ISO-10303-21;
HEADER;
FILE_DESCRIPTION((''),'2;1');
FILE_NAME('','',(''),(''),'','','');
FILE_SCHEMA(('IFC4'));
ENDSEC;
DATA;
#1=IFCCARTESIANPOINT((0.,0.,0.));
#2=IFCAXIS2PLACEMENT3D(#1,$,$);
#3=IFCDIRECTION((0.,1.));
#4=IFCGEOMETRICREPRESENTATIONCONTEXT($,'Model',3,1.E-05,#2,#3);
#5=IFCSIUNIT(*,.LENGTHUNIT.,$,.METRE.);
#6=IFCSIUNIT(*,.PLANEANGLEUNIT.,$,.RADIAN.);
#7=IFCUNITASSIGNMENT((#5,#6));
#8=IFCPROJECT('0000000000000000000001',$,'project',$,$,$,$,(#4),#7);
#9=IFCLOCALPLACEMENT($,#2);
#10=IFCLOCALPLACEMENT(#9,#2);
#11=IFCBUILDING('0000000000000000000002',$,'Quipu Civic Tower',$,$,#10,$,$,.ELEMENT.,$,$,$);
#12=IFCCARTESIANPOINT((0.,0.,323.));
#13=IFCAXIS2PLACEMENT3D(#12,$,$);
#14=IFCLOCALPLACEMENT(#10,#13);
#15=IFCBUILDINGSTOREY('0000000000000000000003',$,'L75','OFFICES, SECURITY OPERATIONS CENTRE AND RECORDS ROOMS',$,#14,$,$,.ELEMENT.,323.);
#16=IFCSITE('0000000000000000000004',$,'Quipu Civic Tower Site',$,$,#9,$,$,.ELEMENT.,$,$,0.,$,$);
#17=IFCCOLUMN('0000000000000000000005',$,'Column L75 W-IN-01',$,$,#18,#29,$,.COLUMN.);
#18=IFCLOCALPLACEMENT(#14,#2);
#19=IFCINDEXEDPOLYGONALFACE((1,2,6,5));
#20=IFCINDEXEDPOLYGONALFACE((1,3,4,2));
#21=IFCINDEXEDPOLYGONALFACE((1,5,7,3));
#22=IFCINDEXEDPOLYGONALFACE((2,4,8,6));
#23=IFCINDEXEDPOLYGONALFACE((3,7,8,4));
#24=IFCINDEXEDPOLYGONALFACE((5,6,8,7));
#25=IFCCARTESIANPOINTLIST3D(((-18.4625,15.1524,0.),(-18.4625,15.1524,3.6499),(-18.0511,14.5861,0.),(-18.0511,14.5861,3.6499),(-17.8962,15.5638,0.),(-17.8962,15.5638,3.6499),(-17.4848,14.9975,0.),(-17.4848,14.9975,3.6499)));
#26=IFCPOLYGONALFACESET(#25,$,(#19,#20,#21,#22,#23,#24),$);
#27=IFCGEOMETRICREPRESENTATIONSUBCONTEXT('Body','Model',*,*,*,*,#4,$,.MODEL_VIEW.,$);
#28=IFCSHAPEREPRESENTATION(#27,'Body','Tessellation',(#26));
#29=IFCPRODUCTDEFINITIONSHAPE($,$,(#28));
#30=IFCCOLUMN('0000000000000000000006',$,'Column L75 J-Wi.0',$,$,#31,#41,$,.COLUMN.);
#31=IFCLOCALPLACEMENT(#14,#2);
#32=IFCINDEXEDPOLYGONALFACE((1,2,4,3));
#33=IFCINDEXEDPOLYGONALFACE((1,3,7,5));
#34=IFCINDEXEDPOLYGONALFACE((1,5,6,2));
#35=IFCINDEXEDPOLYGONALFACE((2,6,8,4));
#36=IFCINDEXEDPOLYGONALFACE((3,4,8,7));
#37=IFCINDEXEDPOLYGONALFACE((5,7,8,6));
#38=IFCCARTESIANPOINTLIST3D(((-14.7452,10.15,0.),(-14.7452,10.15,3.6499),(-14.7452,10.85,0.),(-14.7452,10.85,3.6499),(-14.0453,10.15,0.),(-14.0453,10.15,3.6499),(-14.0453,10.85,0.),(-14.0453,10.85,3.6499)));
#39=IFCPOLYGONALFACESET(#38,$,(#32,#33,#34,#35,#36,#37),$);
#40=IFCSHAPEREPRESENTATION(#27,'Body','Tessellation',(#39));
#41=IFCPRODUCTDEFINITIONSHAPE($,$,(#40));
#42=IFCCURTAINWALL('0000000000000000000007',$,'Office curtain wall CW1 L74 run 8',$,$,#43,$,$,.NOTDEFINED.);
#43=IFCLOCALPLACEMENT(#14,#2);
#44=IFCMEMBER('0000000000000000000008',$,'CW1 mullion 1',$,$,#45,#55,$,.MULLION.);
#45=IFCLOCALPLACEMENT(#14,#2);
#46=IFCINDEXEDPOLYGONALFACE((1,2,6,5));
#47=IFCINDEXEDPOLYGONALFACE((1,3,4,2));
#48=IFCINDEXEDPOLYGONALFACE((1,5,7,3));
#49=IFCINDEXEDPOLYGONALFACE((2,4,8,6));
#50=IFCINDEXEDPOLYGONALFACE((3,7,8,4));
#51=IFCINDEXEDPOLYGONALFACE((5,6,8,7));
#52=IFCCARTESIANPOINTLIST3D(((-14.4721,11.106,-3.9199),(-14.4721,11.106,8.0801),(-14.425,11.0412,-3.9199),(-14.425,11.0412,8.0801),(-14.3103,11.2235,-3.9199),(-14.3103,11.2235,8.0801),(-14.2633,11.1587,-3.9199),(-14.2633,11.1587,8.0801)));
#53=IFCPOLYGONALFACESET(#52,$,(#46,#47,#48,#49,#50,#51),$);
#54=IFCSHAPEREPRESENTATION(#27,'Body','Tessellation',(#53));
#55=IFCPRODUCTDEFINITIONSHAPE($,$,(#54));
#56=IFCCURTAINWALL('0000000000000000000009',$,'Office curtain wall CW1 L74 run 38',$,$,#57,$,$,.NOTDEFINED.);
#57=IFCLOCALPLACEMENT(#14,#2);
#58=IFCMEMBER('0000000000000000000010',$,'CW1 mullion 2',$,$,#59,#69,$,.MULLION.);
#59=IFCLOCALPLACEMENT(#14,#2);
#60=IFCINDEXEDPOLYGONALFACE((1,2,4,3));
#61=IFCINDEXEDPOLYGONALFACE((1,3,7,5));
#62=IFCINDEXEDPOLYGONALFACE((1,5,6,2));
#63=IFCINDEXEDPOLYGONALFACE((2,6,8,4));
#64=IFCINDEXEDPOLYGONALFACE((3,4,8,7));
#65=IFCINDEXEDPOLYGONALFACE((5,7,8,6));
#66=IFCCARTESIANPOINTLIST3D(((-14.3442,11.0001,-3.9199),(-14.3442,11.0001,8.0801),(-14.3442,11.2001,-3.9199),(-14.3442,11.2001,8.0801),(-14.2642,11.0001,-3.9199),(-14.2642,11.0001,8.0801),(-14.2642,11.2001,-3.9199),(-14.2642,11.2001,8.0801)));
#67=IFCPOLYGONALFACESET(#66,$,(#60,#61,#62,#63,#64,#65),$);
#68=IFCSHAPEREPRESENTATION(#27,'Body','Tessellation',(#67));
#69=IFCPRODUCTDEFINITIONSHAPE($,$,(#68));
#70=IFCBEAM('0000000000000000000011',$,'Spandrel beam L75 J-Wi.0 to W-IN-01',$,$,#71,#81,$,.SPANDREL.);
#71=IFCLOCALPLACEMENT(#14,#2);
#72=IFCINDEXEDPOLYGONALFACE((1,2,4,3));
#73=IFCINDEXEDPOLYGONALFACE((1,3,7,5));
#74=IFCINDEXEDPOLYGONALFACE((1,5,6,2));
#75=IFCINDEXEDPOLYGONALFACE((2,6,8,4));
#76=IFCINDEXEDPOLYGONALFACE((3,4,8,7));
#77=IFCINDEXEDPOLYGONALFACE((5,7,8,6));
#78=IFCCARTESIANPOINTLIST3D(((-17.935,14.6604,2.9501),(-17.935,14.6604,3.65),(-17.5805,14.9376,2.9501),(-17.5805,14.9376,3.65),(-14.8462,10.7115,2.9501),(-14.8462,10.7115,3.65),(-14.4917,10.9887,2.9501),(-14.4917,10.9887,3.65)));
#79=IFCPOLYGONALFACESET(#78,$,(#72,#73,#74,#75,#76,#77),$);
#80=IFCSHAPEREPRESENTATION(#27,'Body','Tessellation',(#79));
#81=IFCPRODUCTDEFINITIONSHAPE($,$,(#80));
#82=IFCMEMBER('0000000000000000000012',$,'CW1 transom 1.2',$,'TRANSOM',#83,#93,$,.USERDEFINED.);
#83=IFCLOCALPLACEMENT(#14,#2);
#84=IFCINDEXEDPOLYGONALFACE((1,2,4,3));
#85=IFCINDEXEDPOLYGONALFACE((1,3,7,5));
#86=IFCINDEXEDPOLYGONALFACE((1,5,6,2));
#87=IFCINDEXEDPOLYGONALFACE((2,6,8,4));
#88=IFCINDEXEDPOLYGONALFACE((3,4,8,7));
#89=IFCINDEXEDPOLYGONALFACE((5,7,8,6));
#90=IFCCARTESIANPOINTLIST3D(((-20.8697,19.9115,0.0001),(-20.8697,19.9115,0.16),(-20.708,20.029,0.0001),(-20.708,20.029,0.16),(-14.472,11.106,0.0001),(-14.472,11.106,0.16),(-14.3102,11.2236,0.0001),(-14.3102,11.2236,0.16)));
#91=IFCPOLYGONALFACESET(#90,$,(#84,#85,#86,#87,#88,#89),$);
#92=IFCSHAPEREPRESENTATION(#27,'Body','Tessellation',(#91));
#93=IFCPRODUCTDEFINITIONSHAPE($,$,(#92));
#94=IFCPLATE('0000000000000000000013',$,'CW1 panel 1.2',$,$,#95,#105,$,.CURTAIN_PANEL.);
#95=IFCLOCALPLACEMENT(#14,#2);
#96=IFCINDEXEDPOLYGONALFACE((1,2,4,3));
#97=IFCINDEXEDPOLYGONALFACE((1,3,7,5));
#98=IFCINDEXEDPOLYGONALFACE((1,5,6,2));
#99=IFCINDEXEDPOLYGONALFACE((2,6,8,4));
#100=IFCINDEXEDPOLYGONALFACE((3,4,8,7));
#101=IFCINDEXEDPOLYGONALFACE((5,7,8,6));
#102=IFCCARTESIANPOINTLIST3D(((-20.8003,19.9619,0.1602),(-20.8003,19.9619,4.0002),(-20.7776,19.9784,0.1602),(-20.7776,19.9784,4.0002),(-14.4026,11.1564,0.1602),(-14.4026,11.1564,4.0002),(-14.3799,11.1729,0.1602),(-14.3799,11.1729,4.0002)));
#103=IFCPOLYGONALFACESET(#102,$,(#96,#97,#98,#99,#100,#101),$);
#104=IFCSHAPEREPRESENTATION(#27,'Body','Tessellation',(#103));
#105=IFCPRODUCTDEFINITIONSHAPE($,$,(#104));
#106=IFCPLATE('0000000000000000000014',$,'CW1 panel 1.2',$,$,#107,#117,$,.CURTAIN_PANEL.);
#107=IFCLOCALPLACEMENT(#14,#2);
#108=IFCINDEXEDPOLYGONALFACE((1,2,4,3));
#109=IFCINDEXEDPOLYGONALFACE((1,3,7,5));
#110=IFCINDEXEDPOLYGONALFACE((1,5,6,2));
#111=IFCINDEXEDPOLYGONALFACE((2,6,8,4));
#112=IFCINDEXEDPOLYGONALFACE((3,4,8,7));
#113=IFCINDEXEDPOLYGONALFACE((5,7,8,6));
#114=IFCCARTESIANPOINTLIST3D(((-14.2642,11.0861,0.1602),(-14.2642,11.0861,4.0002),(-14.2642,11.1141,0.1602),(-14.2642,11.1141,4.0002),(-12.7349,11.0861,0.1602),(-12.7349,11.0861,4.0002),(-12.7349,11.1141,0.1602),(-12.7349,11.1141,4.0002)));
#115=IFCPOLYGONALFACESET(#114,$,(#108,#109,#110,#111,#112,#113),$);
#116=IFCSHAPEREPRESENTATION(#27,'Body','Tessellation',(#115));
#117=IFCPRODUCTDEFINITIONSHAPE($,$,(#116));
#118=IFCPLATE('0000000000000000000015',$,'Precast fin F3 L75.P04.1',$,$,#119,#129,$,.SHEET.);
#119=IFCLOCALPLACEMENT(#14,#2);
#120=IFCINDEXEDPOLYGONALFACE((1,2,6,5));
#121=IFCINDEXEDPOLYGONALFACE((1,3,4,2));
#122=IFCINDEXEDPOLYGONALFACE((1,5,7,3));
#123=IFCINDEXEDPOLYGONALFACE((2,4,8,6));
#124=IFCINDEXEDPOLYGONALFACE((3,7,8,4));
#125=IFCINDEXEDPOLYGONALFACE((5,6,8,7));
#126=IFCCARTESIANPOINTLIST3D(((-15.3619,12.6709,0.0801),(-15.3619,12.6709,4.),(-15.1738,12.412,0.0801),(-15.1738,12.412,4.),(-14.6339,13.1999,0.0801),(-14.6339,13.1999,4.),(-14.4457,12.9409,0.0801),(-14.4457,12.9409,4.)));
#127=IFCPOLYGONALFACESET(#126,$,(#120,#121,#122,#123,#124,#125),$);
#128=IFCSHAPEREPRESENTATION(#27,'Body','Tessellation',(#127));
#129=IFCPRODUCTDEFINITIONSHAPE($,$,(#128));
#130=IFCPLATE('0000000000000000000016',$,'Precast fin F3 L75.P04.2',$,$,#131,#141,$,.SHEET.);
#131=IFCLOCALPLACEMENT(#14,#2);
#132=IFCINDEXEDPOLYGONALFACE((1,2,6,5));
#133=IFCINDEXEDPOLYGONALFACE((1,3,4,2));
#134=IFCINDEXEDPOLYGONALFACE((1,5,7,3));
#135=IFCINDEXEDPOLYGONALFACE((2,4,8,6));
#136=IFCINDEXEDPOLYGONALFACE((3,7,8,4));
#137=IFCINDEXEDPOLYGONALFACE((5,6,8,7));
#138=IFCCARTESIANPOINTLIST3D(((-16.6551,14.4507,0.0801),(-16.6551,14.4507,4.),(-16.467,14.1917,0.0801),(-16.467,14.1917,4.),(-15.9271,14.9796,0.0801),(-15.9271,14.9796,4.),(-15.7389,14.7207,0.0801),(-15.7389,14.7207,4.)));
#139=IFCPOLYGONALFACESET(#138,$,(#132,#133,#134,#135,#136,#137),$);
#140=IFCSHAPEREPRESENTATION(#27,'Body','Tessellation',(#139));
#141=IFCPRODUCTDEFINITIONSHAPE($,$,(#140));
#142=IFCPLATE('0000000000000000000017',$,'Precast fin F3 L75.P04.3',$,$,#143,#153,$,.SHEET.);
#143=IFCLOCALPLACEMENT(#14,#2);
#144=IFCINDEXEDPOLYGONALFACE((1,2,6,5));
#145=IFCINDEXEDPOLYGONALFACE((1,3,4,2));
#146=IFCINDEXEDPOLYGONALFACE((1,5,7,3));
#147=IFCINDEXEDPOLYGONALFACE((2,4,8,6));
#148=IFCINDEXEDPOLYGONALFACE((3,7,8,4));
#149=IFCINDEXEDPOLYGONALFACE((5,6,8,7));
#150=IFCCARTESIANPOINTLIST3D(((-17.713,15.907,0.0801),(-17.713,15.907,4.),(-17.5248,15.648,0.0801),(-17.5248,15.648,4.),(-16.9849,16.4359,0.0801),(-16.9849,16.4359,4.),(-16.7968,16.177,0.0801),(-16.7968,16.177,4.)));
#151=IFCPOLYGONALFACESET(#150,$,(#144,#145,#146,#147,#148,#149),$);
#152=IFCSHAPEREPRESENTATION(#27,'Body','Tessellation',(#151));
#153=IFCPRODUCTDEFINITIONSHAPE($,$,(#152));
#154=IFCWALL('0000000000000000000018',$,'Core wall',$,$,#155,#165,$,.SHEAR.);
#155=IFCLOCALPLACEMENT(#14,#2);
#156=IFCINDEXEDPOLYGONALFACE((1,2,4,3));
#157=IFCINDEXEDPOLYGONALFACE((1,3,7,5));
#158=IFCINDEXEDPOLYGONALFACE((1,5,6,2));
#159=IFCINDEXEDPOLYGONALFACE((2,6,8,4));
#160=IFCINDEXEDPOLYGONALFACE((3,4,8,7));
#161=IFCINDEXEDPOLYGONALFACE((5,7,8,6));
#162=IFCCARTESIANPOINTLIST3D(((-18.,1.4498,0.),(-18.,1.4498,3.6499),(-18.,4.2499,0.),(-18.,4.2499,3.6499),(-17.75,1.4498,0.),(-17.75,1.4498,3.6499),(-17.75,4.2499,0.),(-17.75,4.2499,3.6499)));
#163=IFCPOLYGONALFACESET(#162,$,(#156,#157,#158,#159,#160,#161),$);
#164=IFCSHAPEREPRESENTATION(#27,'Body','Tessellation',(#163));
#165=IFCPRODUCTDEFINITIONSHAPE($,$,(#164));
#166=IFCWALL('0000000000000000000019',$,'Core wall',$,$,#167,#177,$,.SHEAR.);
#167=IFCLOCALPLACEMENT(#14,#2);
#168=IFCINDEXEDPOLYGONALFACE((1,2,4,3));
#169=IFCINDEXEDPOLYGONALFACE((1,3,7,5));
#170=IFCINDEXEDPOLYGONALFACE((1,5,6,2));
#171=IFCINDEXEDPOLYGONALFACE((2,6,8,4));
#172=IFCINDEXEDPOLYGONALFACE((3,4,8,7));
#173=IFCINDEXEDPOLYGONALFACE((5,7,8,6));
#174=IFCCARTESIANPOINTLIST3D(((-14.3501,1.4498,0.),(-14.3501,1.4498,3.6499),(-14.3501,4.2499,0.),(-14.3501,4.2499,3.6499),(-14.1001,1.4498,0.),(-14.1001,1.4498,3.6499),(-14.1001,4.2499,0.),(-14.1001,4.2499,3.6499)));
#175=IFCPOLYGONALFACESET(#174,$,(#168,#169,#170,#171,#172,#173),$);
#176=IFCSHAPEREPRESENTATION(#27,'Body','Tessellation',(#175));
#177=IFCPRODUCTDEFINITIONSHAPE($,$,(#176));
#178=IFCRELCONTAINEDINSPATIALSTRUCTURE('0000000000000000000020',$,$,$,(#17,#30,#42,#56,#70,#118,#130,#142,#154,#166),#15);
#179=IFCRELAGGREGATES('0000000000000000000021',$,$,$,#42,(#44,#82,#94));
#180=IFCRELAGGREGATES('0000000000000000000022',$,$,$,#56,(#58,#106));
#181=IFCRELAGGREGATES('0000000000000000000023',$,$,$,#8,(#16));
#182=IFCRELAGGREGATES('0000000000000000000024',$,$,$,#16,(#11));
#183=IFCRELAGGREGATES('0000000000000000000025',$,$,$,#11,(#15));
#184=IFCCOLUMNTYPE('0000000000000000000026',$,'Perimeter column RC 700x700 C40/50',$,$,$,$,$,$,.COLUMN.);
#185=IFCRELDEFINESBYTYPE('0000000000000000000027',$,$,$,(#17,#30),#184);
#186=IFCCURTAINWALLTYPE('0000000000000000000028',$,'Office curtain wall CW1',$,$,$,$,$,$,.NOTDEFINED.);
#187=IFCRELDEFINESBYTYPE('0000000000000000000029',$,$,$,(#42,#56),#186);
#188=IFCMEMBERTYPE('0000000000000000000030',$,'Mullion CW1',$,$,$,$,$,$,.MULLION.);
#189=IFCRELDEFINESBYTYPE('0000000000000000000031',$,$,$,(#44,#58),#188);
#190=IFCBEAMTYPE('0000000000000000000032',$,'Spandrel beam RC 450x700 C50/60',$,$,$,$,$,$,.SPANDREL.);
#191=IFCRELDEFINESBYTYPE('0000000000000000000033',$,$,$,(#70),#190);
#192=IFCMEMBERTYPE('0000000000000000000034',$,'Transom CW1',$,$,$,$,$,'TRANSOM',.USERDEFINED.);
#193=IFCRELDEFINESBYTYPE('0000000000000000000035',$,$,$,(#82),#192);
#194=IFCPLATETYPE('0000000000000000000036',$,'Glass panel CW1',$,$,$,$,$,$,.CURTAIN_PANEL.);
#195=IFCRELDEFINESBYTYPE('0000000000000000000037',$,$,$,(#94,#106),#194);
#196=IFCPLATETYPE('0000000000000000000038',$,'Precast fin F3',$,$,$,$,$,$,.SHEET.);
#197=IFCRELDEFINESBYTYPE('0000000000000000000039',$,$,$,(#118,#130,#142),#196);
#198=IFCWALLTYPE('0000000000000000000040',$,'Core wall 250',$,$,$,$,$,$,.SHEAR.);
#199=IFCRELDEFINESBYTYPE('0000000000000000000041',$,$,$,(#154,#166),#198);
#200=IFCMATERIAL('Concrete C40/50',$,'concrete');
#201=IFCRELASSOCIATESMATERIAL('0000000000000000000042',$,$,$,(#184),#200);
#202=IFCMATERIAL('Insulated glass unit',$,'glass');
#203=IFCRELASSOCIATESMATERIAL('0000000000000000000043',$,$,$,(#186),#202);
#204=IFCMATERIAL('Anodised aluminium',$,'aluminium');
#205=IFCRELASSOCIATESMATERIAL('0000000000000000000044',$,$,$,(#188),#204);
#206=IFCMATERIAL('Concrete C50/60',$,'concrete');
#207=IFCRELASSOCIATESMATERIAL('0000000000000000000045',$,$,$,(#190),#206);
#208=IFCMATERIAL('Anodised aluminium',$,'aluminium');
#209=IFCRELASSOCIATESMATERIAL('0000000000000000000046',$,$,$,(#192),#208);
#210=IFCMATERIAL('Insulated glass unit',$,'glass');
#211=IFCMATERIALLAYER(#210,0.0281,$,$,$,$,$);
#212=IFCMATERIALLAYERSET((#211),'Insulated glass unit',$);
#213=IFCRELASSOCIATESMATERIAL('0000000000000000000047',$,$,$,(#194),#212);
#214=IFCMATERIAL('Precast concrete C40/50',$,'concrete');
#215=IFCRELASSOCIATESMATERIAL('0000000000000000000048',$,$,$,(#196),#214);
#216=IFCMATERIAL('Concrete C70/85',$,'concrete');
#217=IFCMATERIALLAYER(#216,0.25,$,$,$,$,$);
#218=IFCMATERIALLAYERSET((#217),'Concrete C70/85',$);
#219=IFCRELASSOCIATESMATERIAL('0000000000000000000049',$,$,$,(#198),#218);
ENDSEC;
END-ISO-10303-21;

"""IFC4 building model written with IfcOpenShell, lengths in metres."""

from ifc_helpers import new_model, si_unit, direction, frame, frame_2d, origin, origin_2d, place, context, subcontext, project, spatial, rectangle, extrude, material, layer, layer_set, material_profile, profile_set, type_object, element, aggregate, save


model = new_model("IFC4")

# Units and contexts
model_context = context("Model", 3, precision=1e-05, world=origin(), true_north=direction((0.0, 1.0)))
body_context = subcontext(model_context, "Body", "Model", "MODEL_VIEW")
ifc_project = project(units=[si_unit("LENGTHUNIT", "METRE"), si_unit("PLANEANGLEUNIT", "RADIAN")], contexts=[model_context])

# Site, building, storey
site_placement = place(None, origin())
site = spatial("IfcSite", under=ifc_project, at=site_placement, Name="Quipu Civic Tower Site", CompositionType="ELEMENT", RefElevation=0.0)
building_placement = place(site_placement, origin())
building = spatial("IfcBuilding", under=site, at=building_placement, Name="Quipu Civic Tower", CompositionType="ELEMENT")
storey_placement = place(building_placement, frame((0.0, 0.0, 323.0)))
storey = spatial("IfcBuildingStorey", under=building, at=storey_placement, Name="L75", Description="OFFICES, SECURITY OPERATIONS CENTRE AND RECORDS ROOMS", CompositionType="ELEMENT", Elevation=323.0)

# Columns
ifc_material_1 = material(Name="Concrete C40/50", Category="concrete")
ifc_material_profile_1 = material_profile(ifc_material_1, rectangle(XDim=0.7, YDim=0.7, at=origin_2d()), Name="RC700x700")
ifc_profile_set_1 = profile_set([ifc_material_profile_1], Name="Concrete C40/50")
column_type = type_object("IfcColumnType", Name="Perimeter column RC 700x700 C40/50", PredefinedType="COLUMN", material=ifc_profile_set_1)
for number, where, z_axis, x_axis, name in (
    (1, (-17.9736, 15.075, 0.0), (0.0, 0.0, 1.0), (-0.587785, 0.809017, 0.0), "Column L75 W-IN-01"),
    (2, (-14.3953, 10.5, 0.0), (0.0, 0.0, 1.0), (-1.0, 0.0, 0.0), "Column L75 J-Wi.0"),
):
    element("IfcColumn", number, at=place(storey_placement, frame(where, z_axis=z_axis, x_axis=x_axis)), inside=storey, type_object=column_type, Name=name, PredefinedType="COLUMN", context=body_context, shape_type="SweptSolid", body=[
        extrude(rectangle(XDim=0.7, YDim=0.7, at=origin_2d()), origin(), (0.0, 0.0, 1.0), 3.6499),
    ])

# Curtain walls, members
ifc_material_2 = material(Name="Insulated glass unit", Category="glass")
curtain_wall_type = type_object("IfcCurtainWallType", Name="Office curtain wall CW1", PredefinedType="NOTDEFINED", material=ifc_material_2)
curtain_wall_1_placement = place(storey_placement, origin())
curtain_wall_1 = element("IfcCurtainWall", 3, at=curtain_wall_1_placement, inside=storey, type_object=curtain_wall_type, Name="Office curtain wall CW1 L74 run 8", PredefinedType="NOTDEFINED")
ifc_material_3 = material(Name="Anodised aluminium", Category="aluminium")
ifc_material_profile_2 = material_profile(ifc_material_3, rectangle(XDim=0.2, YDim=0.0801, at=origin_2d()), Name="RECT 200x80")
ifc_profile_set_2 = profile_set([ifc_material_profile_2], Name="Anodised aluminium")
member_type_1 = type_object("IfcMemberType", Name="Mullion CW1", PredefinedType="MULLION", material=ifc_profile_set_2)
member_1_placement = place(storey_placement, frame((-14.3677, 11.1323, -3.9199), z_axis=(0.0, 0.0, 1.0), x_axis=(-0.809015, -0.587788, 0.0)))
member_1 = element("IfcMember", 4, at=member_1_placement, type_object=member_type_1, Name="CW1 mullion 1", PredefinedType="MULLION", context=body_context, shape_type="SweptSolid", body=[
    extrude(rectangle(XDim=0.2, YDim=0.0801, at=origin_2d()), origin(), (0.0, 0.0, 1.0), 12.0),
])
curtain_wall_2_placement = place(storey_placement, origin())
curtain_wall_2 = element("IfcCurtainWall", 5, at=curtain_wall_2_placement, inside=storey, type_object=curtain_wall_type, Name="Office curtain wall CW1 L74 run 38", PredefinedType="NOTDEFINED")
member_2_placement = place(storey_placement, frame((-14.3042, 11.1001, -3.9199), z_axis=(0.0, 0.0, 1.0), x_axis=(0.0, -1.0, 0.0)))
member_2 = element("IfcMember", 6, at=member_2_placement, type_object=member_type_1, Name="CW1 mullion 2", PredefinedType="MULLION", context=body_context, shape_type="SweptSolid", body=[
    extrude(rectangle(XDim=0.2, YDim=0.0801, at=origin_2d()), origin(), (0.0, 0.0, 1.0), 12.0),
])

# Beam
ifc_material_4 = material(Name="Concrete C50/60", Category="concrete")
ifc_material_profile_3 = material_profile(ifc_material_4, rectangle(XDim=0.45, YDim=0.7, at=origin_2d()), Name="RC450x700")
ifc_profile_set_3 = profile_set([ifc_material_profile_3], Name="Concrete C50/60")
beam_type = type_object("IfcBeamType", Name="Spandrel beam RC 450x700 C50/60", PredefinedType="SPANDREL", material=ifc_profile_set_3)
beam_placement = place(storey_placement, frame((-14.6689, 10.8501, 3.3), z_axis=(-0.616106, 0.787663, 0.0), x_axis=(-0.787663, -0.616106, 0.0)))
element("IfcBeam", 7, at=beam_placement, inside=storey, type_object=beam_type, Name="Spandrel beam L75 J-Wi.0 to W-IN-01", PredefinedType="SPANDREL", context=body_context, shape_type="SweptSolid", body=[
    extrude(rectangle(XDim=0.45, YDim=0.7, at=origin_2d()), origin(), (0.0, 0.0, 1.0), 5.0134),
])

# Member
ifc_material_5 = material(Name="Anodised aluminium", Category="aluminium")
ifc_material_profile_4 = material_profile(ifc_material_5, rectangle(XDim=0.2, YDim=0.1599, at=origin_2d()), Name="RECT 200x160")
ifc_profile_set_4 = profile_set([ifc_material_profile_4], Name="Anodised aluminium")
member_type_2 = type_object("IfcMemberType", Name="Transom CW1", ElementType="TRANSOM", PredefinedType="USERDEFINED", material=ifc_profile_set_4)
member_3_placement = place(storey_placement, frame((-14.3911, 11.1648, 0.0801), z_axis=(-0.587797, 0.809009, 0.0), x_axis=(-0.809009, -0.587797, 0.0)))
member_3 = element("IfcMember", 8, at=member_3_placement, type_object=member_type_2, Name="CW1 transom 1.2", ObjectType="TRANSOM", PredefinedType="USERDEFINED", context=body_context, shape_type="SweptSolid", body=[
    extrude(rectangle(XDim=0.2, YDim=0.1599, at=origin_2d()), origin(), (0.0, 0.0, 1.0), 10.8843),
])

# Plates
ifc_material_6 = material(Name="Insulated glass unit", Category="glass")
ifc_layer_1 = layer(ifc_material_6, 0.0281)
ifc_layer_set_1 = layer_set([ifc_layer_1], Name="Insulated glass unit")
plate_type_1 = type_object("IfcPlateType", Name="Glass panel CW1", PredefinedType="CURTAIN_PANEL", material=ifc_layer_set_1)
plate_1_placement = place(storey_placement, frame((-17.5901, 15.5674, 0.1602), z_axis=(0.0, 0.0, 1.0), x_axis=(-0.587788, 0.809015, 0.0)))
plate_1 = element("IfcPlate", 9, at=plate_1_placement, type_object=plate_type_1, Name="CW1 panel 1.2", PredefinedType="CURTAIN_PANEL", context=body_context, shape_type="SweptSolid", body=[
    extrude(rectangle(XDim=10.8843, YDim=0.0281, at=origin_2d()), origin(), (0.0, 0.0, 1.0), 3.8401),
])
aggregate(curtain_wall_1, [member_1, member_3, plate_1])
plate_2_placement = place(storey_placement, frame((-13.4995, 11.1001, 0.1602), z_axis=(0.0, 0.0, 1.0), x_axis=(-1.0, 0.0, 0.0)))
plate_2 = element("IfcPlate", 10, at=plate_2_placement, type_object=plate_type_1, Name="CW1 panel 1.2", PredefinedType="CURTAIN_PANEL", context=body_context, shape_type="SweptSolid", body=[
    extrude(rectangle(XDim=1.5293, YDim=0.0281, at=origin_2d()), origin(), (0.0, 0.0, 1.0), 3.8401),
])
aggregate(curtain_wall_2, [member_2, plate_2])

# Plates
ifc_material_7 = material(Name="Precast concrete C40/50", Category="concrete")
plate_type_2 = type_object("IfcPlateType", Name="Precast fin F3", PredefinedType="SHEET", material=ifc_material_7)
for number, where, z_axis, x_axis, name in (
    (11, (-14.9038, 12.8059, 0.0801), (0.0, 0.0, 1.0), (-0.587784, 0.809018, 0.0), "Precast fin F3 L75.P04.1"),
    (12, (-16.197, 14.5857, 0.0801), (0.0, 0.0, 1.0), (-0.587784, 0.809018, 0.0), "Precast fin F3 L75.P04.2"),
    (13, (-17.2549, 16.042, 0.0801), (0.0, 0.0, 1.0), (-0.587784, 0.809018, 0.0), "Precast fin F3 L75.P04.3"),
):
    element("IfcPlate", number, at=place(storey_placement, frame(where, z_axis=z_axis, x_axis=x_axis)), inside=storey, type_object=plate_type_2, Name=name, PredefinedType="SHEET", context=body_context, shape_type="SweptSolid", body=[
        extrude(rectangle(XDim=0.3201, YDim=0.8999, at=origin_2d()), origin(), (0.0, 0.0, 1.0), 3.9199),
    ])

# Walls
ifc_material_8 = material(Name="Concrete C70/85", Category="concrete")
ifc_layer_2 = layer(ifc_material_8, 0.25)
ifc_layer_set_2 = layer_set([ifc_layer_2], Name="Concrete C70/85")
wall_type_1 = type_object("IfcWallType", Name="Core wall 250", PredefinedType="SHEAR", material=ifc_layer_set_2)
for number, where, z_axis, x_axis, name in (
    (14, (-17.875, 1.45, 0.0), (0.0, 0.0, 1.0), (0.0, 1.0, 0.0), "Core wall"),
    (15, (-14.2251, 1.45, 0.0), (0.0, 0.0, 1.0), (0.0, 1.0, 0.0), "Core wall"),
):
    element("IfcWall", number, at=place(storey_placement, frame(where, z_axis=z_axis, x_axis=x_axis)), inside=storey, type_object=wall_type_1, Name=name, PredefinedType="SHEAR", context=body_context, shape_type="SweptSolid", body=[
        extrude(rectangle(XDim=2.8, YDim=0.25, at=frame_2d((1.3999, 0.0))), origin(), (0.0, 0.0, 1.0), 3.6499),
    ])

save(model, "model.ifc")
